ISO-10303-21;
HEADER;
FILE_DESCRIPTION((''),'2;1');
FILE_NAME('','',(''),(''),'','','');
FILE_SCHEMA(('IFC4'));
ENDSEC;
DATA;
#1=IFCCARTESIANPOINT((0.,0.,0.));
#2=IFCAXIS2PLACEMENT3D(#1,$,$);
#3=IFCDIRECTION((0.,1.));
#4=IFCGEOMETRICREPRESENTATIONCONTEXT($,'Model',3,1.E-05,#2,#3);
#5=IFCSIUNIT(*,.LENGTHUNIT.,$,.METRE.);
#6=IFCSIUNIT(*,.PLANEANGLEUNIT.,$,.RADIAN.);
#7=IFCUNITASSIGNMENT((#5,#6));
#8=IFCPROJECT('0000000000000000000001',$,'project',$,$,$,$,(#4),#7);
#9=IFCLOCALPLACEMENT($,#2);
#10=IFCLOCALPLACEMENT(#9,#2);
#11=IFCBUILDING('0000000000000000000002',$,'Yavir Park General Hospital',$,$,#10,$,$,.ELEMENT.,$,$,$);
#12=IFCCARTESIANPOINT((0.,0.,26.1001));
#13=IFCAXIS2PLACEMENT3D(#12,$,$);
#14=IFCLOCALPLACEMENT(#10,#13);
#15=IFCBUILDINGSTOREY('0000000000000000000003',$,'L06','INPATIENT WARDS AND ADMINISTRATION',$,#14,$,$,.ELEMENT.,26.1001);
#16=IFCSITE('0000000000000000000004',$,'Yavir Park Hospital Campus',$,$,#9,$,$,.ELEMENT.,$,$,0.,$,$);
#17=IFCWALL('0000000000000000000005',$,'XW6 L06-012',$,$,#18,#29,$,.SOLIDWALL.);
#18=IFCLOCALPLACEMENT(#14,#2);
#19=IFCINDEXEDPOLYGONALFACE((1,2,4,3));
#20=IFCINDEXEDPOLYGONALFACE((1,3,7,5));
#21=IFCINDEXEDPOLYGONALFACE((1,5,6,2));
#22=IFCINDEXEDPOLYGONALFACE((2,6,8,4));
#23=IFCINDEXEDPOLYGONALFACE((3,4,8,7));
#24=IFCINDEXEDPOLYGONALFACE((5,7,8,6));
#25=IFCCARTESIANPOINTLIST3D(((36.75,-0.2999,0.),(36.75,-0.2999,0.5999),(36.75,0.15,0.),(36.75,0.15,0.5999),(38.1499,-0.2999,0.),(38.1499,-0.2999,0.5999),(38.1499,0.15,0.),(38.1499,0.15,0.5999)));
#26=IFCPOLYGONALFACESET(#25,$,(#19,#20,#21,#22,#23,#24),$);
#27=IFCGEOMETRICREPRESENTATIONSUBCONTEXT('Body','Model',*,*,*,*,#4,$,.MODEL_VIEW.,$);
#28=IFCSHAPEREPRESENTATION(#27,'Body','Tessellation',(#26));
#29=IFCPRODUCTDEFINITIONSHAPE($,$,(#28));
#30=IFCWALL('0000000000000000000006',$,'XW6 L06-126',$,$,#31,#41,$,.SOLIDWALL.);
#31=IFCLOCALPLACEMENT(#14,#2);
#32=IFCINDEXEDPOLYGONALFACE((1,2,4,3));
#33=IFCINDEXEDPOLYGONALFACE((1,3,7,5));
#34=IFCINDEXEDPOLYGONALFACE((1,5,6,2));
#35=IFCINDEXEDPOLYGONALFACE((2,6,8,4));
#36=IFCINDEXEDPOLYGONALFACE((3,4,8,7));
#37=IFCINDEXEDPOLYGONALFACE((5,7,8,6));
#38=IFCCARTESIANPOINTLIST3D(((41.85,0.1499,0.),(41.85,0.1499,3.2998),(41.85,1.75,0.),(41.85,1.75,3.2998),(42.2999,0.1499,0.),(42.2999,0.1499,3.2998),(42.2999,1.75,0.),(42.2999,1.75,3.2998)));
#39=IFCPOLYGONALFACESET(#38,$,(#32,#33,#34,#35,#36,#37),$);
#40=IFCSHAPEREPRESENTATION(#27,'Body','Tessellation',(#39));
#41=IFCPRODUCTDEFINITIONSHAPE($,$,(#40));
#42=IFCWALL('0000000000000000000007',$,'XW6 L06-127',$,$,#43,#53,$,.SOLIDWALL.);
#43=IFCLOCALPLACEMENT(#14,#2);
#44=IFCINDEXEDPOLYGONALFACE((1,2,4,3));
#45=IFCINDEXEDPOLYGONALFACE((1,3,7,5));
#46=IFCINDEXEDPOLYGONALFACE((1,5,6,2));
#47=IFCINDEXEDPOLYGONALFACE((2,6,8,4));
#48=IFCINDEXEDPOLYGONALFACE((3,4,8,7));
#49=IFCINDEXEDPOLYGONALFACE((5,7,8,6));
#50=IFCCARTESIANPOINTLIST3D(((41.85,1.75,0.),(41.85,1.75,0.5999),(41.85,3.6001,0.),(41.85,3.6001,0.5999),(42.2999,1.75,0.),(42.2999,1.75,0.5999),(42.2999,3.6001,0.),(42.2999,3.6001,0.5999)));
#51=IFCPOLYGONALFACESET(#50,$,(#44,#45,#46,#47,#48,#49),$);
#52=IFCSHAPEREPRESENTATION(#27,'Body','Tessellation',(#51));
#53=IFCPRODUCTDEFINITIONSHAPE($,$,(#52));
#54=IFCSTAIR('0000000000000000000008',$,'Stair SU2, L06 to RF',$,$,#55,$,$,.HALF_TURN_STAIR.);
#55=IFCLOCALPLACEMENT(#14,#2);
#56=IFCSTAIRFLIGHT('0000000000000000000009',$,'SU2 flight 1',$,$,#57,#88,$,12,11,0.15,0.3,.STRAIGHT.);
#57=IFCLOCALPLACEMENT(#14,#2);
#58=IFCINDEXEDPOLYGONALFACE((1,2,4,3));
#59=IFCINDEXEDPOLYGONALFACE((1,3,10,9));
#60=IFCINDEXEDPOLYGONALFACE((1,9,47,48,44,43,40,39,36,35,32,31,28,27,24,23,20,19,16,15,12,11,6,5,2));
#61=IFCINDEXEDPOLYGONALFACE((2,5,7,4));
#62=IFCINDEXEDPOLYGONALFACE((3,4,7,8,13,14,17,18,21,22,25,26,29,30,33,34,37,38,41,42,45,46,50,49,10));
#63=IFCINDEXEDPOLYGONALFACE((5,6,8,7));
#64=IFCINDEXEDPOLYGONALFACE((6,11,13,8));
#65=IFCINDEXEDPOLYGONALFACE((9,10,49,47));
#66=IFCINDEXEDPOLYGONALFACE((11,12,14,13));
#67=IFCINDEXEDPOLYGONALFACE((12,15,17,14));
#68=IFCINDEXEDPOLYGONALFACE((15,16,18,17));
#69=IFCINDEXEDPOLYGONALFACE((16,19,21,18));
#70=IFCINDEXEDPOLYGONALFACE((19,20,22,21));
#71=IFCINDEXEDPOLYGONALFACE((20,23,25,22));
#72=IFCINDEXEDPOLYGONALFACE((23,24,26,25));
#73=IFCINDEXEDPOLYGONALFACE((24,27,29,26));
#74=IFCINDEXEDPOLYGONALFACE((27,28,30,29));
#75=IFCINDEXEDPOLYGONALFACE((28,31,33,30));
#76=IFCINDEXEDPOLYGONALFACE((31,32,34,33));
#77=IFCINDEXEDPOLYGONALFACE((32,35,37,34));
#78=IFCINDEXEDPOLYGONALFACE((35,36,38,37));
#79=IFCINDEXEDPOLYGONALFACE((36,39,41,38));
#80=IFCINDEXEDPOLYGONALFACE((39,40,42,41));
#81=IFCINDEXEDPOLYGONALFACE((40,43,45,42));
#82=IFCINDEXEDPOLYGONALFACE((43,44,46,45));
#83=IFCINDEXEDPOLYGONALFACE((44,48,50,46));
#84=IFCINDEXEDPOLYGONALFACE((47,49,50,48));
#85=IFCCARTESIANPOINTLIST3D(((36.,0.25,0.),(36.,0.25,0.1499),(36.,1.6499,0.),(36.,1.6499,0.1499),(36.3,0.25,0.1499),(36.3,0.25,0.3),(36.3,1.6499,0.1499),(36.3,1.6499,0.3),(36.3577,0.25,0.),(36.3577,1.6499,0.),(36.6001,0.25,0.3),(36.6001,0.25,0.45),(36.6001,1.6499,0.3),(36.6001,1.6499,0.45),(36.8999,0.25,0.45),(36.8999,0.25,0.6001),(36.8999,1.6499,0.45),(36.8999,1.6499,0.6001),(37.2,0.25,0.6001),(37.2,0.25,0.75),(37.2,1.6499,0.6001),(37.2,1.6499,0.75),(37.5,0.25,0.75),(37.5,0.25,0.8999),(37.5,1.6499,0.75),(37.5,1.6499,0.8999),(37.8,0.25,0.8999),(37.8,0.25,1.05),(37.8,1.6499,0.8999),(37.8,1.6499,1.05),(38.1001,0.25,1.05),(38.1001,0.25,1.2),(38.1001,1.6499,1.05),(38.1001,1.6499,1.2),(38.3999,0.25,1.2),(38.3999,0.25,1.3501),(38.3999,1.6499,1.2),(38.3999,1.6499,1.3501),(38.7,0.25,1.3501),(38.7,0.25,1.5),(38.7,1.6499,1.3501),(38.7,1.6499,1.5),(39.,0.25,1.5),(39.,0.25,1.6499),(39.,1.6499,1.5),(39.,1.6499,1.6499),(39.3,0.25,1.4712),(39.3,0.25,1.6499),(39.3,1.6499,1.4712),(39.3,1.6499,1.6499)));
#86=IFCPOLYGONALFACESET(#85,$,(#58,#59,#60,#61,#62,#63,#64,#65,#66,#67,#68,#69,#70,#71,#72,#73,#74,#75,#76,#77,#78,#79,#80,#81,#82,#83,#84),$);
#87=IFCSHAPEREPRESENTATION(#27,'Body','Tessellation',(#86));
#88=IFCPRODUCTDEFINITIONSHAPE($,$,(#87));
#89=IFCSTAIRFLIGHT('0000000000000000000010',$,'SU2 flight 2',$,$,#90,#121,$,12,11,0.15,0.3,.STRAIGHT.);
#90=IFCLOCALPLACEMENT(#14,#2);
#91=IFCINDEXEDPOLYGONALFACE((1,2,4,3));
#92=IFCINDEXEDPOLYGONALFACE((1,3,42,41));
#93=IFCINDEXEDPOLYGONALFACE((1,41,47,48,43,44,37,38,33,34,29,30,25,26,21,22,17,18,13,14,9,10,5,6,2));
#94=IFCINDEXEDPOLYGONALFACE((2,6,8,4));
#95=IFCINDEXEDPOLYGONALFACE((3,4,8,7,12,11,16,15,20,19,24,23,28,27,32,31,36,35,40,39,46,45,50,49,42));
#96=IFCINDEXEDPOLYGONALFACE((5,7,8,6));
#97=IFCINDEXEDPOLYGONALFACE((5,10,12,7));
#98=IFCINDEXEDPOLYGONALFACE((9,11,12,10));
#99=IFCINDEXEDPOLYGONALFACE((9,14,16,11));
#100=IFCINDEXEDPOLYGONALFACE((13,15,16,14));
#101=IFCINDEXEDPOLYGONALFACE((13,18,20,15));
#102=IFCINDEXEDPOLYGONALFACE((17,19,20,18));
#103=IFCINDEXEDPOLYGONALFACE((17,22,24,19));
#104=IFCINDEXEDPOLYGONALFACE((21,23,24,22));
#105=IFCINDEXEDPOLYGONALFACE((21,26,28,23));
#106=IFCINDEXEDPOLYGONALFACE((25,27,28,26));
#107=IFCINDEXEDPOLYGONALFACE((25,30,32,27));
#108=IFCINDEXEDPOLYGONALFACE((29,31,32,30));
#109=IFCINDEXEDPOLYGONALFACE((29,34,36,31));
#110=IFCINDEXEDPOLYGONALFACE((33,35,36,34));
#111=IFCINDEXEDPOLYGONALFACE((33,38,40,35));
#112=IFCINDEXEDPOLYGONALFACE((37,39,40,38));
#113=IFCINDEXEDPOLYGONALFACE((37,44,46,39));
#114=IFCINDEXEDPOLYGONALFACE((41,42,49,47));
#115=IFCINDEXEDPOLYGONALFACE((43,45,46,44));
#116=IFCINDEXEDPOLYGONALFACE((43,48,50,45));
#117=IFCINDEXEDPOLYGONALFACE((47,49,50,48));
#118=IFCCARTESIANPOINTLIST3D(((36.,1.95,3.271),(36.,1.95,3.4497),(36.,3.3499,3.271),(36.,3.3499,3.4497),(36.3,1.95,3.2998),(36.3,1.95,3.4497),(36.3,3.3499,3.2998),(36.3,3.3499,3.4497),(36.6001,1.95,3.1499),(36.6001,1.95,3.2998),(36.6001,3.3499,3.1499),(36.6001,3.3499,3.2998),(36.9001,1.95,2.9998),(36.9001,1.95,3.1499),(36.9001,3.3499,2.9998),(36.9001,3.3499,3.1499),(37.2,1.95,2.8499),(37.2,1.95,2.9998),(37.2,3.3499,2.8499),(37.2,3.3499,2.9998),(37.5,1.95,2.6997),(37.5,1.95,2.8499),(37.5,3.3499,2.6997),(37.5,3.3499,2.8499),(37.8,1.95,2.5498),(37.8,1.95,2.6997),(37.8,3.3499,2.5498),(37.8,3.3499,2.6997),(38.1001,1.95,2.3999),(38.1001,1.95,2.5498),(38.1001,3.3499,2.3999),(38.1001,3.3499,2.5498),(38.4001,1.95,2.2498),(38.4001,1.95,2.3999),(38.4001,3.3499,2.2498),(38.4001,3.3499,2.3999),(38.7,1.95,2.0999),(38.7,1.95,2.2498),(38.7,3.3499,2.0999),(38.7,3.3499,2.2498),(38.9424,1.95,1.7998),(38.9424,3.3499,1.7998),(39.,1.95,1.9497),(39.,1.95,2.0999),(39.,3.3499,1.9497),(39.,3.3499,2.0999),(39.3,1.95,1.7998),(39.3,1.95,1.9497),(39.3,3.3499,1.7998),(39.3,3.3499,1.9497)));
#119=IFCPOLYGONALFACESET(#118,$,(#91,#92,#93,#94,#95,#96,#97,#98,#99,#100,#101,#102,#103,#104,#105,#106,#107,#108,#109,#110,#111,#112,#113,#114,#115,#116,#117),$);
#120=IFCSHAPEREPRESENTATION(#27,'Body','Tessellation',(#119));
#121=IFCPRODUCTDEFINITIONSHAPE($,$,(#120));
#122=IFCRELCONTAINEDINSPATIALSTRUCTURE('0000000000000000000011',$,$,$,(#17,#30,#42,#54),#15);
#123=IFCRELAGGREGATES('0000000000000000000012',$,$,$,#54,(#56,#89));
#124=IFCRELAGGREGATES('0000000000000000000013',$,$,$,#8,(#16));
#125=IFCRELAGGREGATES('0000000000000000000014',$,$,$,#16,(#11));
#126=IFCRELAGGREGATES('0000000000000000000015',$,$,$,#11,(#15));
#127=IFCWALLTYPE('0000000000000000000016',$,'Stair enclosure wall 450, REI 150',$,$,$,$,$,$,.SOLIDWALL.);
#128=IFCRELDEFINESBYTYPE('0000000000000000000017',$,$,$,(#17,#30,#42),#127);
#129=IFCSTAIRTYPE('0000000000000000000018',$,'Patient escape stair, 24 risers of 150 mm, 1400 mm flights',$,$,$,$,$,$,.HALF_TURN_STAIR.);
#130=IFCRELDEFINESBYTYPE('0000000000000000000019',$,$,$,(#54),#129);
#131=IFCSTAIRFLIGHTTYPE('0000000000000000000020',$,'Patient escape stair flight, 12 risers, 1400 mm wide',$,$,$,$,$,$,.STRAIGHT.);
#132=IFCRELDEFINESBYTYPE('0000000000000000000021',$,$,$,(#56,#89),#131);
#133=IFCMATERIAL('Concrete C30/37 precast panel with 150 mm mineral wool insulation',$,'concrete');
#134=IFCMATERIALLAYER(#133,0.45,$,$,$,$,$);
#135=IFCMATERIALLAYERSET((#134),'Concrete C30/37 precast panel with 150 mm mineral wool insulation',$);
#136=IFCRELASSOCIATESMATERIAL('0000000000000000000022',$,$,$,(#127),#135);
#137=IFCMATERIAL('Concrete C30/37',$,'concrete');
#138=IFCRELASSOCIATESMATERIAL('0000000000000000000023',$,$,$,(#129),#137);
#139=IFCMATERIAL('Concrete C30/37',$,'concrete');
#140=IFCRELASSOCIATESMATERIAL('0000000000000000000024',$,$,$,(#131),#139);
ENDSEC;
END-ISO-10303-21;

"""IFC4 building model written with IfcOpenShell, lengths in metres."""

from ifc_helpers import new_model, si_unit, direction, frame, frame_2d, origin, place, context, subcontext, project, spatial, polyline, rectangle, outline, extrude, material, layer, layer_set, type_object, element, aggregate, save


model = new_model("IFC4")

# Units and contexts
model_context = context("Model", 3, precision=1e-05, world=origin(), true_north=direction((0.0, 1.0)))
body_context = subcontext(model_context, "Body", "Model", "MODEL_VIEW")
ifc_project = project(units=[si_unit("LENGTHUNIT", "METRE"), si_unit("PLANEANGLEUNIT", "RADIAN")], contexts=[model_context])

# Site, building, storey
site_placement = place(None, origin())
site = spatial("IfcSite", under=ifc_project, at=site_placement, Name="Yavir Park Hospital Campus", CompositionType="ELEMENT", RefElevation=0.0)
building_placement = place(site_placement, origin())
building = spatial("IfcBuilding", under=site, at=building_placement, Name="Yavir Park General Hospital", CompositionType="ELEMENT")
storey_placement = place(building_placement, frame((0.0, 0.0, 26.1001)))
storey = spatial("IfcBuildingStorey", under=building, at=storey_placement, Name="L06", Description="INPATIENT WARDS AND ADMINISTRATION", CompositionType="ELEMENT", Elevation=26.1001)

# Walls
ifc_material_1 = material(Name="Concrete C30/37 precast panel with 150 mm mineral wool insulation", Category="concrete")
ifc_layer_1 = layer(ifc_material_1, 0.45)
ifc_layer_set_1 = layer_set([ifc_layer_1], Name="Concrete C30/37 precast panel with 150 mm mineral wool insulation")
wall_type_1 = type_object("IfcWallType", Name="Stair enclosure wall 450, REI 150", PredefinedType="SOLIDWALL", material=ifc_layer_set_1)
wall_1_placement = place(storey_placement, frame((36.75, -0.075, 0.0), z_axis=(0.0, 0.0, 1.0), x_axis=(1.0, 0.0, 0.0)))
element("IfcWall", 1, at=wall_1_placement, inside=storey, type_object=wall_type_1, Name="XW6 L06-012", PredefinedType="SOLIDWALL", context=body_context, shape_type="SweptSolid", body=[
    extrude(rectangle(XDim=1.3999, YDim=0.45, at=frame_2d((0.7, 0.0))), origin(), (0.0, 0.0, 1.0), 0.5999),
])
wall_2_placement = place(storey_placement, frame((42.075, 0.1499, 0.0), z_axis=(0.0, 0.0, 1.0), x_axis=(0.0, 1.0, 0.0)))
element("IfcWall", 2, at=wall_2_placement, inside=storey, type_object=wall_type_1, Name="XW6 L06-126", PredefinedType="SOLIDWALL", context=body_context, shape_type="SweptSolid", body=[
    extrude(rectangle(XDim=1.6001, YDim=0.45, at=frame_2d((0.8, 0.0))), origin(), (0.0, 0.0, 1.0), 3.2998),
])
wall_3_placement = place(storey_placement, frame((42.075, 1.75, 0.0), z_axis=(0.0, 0.0, 1.0), x_axis=(0.0, 1.0, 0.0)))
element("IfcWall", 3, at=wall_3_placement, inside=storey, type_object=wall_type_1, Name="XW6 L06-127", PredefinedType="SOLIDWALL", context=body_context, shape_type="SweptSolid", body=[
    extrude(rectangle(XDim=1.8501, YDim=0.45, at=frame_2d((0.925, 0.0))), origin(), (0.0, 0.0, 1.0), 0.5999),
])

# Stair, stair flights
ifc_material_2 = material(Name="Concrete C30/37", Category="concrete")
stair_type = type_object("IfcStairType", Name="Patient escape stair, 24 risers of 150 mm, 1400 mm flights", PredefinedType="HALF_TURN_STAIR", material=ifc_material_2)
stair_placement = place(storey_placement, origin())
stair = element("IfcStair", 4, at=stair_placement, inside=storey, type_object=stair_type, Name="Stair SU2, L06 to RF", PredefinedType="HALF_TURN_STAIR")
ifc_material_3 = material(Name="Concrete C30/37", Category="concrete")
stair_flight_type = type_object("IfcStairFlightType", Name="Patient escape stair flight, 12 risers, 1400 mm wide", PredefinedType="STRAIGHT", material=ifc_material_3)
stair_flight_1_placement = place(storey_placement, frame((36.0, 0.95, 0.0), z_axis=(0.0, 0.0, 1.0), x_axis=(1.0, 0.0, 0.0)))
stair_flight_1 = element("IfcStairFlight", 5, at=stair_flight_1_placement, type_object=stair_flight_type, Name="SU2 flight 1", NumberOfRisers=12, NumberOfTreads=11, PredefinedType="STRAIGHT", RiserHeight=0.15, TreadLength=0.3, context=body_context, shape_type="SweptSolid", body=[
    extrude(outline(polyline([(0.0, 0.0), (0.0, 0.1499), (0.3, 0.1499), (0.3, 0.3), (0.6001, 0.3), (0.6001, 0.45), (0.8999, 0.45), (0.8999, 0.6001), (1.2, 0.6001), (1.2, 0.75), (1.5, 0.75), (1.5, 0.8999), (1.8, 0.8999), (1.8, 1.05), (2.1001, 1.05), (2.1001, 1.2), (2.3999, 1.2), (2.3999, 1.3501), (2.7, 1.3501), (2.7, 1.5), (3.0, 1.5), (3.0, 1.6499), (3.3, 1.6499), (3.3, 1.8), (3.3, 1.4712), (0.3577, 0.0), (0.0, 0.0)])), frame((0.0, 0.7, 0.0), z_axis=(0.0, -1.0, 0.0), x_axis=(1.0, 0.0, 0.0)), (0.0, 0.0, 1.0), 1.3999),
])
stair_flight_2_placement = place(storey_placement, frame((39.3, 2.6499, 1.7998), z_axis=(0.0, 0.0, 1.0), x_axis=(-1.0, 0.0, 0.0)))
stair_flight_2 = element("IfcStairFlight", 6, at=stair_flight_2_placement, type_object=stair_flight_type, Name="SU2 flight 2", NumberOfRisers=12, NumberOfTreads=11, PredefinedType="STRAIGHT", RiserHeight=0.15, TreadLength=0.3, context=body_context, shape_type="SweptSolid", body=[
    extrude(outline(polyline([(0.0, 0.0), (0.0, 0.1499), (0.3, 0.1499), (0.3, 0.3), (0.6001, 0.3), (0.6001, 0.45), (0.8999, 0.45), (0.8999, 0.6001), (1.2, 0.6001), (1.2, 0.75), (1.5, 0.75), (1.5, 0.8999), (1.8, 0.8999), (1.8, 1.05), (2.1001, 1.05), (2.1001, 1.2), (2.3999, 1.2), (2.3999, 1.3501), (2.7, 1.3501), (2.7, 1.5), (3.0, 1.5), (3.0, 1.6499), (3.3, 1.6499), (3.3, 1.8), (3.3, 1.4712), (0.3577, 0.0), (0.0, 0.0)])), frame((0.0, 0.7, 0.0), z_axis=(0.0, -1.0, 0.0), x_axis=(1.0, 0.0, 0.0)), (0.0, 0.0, 1.0), 1.3999),
])
aggregate(stair, [stair_flight_1, stair_flight_2])

save(model, "model.ifc")
